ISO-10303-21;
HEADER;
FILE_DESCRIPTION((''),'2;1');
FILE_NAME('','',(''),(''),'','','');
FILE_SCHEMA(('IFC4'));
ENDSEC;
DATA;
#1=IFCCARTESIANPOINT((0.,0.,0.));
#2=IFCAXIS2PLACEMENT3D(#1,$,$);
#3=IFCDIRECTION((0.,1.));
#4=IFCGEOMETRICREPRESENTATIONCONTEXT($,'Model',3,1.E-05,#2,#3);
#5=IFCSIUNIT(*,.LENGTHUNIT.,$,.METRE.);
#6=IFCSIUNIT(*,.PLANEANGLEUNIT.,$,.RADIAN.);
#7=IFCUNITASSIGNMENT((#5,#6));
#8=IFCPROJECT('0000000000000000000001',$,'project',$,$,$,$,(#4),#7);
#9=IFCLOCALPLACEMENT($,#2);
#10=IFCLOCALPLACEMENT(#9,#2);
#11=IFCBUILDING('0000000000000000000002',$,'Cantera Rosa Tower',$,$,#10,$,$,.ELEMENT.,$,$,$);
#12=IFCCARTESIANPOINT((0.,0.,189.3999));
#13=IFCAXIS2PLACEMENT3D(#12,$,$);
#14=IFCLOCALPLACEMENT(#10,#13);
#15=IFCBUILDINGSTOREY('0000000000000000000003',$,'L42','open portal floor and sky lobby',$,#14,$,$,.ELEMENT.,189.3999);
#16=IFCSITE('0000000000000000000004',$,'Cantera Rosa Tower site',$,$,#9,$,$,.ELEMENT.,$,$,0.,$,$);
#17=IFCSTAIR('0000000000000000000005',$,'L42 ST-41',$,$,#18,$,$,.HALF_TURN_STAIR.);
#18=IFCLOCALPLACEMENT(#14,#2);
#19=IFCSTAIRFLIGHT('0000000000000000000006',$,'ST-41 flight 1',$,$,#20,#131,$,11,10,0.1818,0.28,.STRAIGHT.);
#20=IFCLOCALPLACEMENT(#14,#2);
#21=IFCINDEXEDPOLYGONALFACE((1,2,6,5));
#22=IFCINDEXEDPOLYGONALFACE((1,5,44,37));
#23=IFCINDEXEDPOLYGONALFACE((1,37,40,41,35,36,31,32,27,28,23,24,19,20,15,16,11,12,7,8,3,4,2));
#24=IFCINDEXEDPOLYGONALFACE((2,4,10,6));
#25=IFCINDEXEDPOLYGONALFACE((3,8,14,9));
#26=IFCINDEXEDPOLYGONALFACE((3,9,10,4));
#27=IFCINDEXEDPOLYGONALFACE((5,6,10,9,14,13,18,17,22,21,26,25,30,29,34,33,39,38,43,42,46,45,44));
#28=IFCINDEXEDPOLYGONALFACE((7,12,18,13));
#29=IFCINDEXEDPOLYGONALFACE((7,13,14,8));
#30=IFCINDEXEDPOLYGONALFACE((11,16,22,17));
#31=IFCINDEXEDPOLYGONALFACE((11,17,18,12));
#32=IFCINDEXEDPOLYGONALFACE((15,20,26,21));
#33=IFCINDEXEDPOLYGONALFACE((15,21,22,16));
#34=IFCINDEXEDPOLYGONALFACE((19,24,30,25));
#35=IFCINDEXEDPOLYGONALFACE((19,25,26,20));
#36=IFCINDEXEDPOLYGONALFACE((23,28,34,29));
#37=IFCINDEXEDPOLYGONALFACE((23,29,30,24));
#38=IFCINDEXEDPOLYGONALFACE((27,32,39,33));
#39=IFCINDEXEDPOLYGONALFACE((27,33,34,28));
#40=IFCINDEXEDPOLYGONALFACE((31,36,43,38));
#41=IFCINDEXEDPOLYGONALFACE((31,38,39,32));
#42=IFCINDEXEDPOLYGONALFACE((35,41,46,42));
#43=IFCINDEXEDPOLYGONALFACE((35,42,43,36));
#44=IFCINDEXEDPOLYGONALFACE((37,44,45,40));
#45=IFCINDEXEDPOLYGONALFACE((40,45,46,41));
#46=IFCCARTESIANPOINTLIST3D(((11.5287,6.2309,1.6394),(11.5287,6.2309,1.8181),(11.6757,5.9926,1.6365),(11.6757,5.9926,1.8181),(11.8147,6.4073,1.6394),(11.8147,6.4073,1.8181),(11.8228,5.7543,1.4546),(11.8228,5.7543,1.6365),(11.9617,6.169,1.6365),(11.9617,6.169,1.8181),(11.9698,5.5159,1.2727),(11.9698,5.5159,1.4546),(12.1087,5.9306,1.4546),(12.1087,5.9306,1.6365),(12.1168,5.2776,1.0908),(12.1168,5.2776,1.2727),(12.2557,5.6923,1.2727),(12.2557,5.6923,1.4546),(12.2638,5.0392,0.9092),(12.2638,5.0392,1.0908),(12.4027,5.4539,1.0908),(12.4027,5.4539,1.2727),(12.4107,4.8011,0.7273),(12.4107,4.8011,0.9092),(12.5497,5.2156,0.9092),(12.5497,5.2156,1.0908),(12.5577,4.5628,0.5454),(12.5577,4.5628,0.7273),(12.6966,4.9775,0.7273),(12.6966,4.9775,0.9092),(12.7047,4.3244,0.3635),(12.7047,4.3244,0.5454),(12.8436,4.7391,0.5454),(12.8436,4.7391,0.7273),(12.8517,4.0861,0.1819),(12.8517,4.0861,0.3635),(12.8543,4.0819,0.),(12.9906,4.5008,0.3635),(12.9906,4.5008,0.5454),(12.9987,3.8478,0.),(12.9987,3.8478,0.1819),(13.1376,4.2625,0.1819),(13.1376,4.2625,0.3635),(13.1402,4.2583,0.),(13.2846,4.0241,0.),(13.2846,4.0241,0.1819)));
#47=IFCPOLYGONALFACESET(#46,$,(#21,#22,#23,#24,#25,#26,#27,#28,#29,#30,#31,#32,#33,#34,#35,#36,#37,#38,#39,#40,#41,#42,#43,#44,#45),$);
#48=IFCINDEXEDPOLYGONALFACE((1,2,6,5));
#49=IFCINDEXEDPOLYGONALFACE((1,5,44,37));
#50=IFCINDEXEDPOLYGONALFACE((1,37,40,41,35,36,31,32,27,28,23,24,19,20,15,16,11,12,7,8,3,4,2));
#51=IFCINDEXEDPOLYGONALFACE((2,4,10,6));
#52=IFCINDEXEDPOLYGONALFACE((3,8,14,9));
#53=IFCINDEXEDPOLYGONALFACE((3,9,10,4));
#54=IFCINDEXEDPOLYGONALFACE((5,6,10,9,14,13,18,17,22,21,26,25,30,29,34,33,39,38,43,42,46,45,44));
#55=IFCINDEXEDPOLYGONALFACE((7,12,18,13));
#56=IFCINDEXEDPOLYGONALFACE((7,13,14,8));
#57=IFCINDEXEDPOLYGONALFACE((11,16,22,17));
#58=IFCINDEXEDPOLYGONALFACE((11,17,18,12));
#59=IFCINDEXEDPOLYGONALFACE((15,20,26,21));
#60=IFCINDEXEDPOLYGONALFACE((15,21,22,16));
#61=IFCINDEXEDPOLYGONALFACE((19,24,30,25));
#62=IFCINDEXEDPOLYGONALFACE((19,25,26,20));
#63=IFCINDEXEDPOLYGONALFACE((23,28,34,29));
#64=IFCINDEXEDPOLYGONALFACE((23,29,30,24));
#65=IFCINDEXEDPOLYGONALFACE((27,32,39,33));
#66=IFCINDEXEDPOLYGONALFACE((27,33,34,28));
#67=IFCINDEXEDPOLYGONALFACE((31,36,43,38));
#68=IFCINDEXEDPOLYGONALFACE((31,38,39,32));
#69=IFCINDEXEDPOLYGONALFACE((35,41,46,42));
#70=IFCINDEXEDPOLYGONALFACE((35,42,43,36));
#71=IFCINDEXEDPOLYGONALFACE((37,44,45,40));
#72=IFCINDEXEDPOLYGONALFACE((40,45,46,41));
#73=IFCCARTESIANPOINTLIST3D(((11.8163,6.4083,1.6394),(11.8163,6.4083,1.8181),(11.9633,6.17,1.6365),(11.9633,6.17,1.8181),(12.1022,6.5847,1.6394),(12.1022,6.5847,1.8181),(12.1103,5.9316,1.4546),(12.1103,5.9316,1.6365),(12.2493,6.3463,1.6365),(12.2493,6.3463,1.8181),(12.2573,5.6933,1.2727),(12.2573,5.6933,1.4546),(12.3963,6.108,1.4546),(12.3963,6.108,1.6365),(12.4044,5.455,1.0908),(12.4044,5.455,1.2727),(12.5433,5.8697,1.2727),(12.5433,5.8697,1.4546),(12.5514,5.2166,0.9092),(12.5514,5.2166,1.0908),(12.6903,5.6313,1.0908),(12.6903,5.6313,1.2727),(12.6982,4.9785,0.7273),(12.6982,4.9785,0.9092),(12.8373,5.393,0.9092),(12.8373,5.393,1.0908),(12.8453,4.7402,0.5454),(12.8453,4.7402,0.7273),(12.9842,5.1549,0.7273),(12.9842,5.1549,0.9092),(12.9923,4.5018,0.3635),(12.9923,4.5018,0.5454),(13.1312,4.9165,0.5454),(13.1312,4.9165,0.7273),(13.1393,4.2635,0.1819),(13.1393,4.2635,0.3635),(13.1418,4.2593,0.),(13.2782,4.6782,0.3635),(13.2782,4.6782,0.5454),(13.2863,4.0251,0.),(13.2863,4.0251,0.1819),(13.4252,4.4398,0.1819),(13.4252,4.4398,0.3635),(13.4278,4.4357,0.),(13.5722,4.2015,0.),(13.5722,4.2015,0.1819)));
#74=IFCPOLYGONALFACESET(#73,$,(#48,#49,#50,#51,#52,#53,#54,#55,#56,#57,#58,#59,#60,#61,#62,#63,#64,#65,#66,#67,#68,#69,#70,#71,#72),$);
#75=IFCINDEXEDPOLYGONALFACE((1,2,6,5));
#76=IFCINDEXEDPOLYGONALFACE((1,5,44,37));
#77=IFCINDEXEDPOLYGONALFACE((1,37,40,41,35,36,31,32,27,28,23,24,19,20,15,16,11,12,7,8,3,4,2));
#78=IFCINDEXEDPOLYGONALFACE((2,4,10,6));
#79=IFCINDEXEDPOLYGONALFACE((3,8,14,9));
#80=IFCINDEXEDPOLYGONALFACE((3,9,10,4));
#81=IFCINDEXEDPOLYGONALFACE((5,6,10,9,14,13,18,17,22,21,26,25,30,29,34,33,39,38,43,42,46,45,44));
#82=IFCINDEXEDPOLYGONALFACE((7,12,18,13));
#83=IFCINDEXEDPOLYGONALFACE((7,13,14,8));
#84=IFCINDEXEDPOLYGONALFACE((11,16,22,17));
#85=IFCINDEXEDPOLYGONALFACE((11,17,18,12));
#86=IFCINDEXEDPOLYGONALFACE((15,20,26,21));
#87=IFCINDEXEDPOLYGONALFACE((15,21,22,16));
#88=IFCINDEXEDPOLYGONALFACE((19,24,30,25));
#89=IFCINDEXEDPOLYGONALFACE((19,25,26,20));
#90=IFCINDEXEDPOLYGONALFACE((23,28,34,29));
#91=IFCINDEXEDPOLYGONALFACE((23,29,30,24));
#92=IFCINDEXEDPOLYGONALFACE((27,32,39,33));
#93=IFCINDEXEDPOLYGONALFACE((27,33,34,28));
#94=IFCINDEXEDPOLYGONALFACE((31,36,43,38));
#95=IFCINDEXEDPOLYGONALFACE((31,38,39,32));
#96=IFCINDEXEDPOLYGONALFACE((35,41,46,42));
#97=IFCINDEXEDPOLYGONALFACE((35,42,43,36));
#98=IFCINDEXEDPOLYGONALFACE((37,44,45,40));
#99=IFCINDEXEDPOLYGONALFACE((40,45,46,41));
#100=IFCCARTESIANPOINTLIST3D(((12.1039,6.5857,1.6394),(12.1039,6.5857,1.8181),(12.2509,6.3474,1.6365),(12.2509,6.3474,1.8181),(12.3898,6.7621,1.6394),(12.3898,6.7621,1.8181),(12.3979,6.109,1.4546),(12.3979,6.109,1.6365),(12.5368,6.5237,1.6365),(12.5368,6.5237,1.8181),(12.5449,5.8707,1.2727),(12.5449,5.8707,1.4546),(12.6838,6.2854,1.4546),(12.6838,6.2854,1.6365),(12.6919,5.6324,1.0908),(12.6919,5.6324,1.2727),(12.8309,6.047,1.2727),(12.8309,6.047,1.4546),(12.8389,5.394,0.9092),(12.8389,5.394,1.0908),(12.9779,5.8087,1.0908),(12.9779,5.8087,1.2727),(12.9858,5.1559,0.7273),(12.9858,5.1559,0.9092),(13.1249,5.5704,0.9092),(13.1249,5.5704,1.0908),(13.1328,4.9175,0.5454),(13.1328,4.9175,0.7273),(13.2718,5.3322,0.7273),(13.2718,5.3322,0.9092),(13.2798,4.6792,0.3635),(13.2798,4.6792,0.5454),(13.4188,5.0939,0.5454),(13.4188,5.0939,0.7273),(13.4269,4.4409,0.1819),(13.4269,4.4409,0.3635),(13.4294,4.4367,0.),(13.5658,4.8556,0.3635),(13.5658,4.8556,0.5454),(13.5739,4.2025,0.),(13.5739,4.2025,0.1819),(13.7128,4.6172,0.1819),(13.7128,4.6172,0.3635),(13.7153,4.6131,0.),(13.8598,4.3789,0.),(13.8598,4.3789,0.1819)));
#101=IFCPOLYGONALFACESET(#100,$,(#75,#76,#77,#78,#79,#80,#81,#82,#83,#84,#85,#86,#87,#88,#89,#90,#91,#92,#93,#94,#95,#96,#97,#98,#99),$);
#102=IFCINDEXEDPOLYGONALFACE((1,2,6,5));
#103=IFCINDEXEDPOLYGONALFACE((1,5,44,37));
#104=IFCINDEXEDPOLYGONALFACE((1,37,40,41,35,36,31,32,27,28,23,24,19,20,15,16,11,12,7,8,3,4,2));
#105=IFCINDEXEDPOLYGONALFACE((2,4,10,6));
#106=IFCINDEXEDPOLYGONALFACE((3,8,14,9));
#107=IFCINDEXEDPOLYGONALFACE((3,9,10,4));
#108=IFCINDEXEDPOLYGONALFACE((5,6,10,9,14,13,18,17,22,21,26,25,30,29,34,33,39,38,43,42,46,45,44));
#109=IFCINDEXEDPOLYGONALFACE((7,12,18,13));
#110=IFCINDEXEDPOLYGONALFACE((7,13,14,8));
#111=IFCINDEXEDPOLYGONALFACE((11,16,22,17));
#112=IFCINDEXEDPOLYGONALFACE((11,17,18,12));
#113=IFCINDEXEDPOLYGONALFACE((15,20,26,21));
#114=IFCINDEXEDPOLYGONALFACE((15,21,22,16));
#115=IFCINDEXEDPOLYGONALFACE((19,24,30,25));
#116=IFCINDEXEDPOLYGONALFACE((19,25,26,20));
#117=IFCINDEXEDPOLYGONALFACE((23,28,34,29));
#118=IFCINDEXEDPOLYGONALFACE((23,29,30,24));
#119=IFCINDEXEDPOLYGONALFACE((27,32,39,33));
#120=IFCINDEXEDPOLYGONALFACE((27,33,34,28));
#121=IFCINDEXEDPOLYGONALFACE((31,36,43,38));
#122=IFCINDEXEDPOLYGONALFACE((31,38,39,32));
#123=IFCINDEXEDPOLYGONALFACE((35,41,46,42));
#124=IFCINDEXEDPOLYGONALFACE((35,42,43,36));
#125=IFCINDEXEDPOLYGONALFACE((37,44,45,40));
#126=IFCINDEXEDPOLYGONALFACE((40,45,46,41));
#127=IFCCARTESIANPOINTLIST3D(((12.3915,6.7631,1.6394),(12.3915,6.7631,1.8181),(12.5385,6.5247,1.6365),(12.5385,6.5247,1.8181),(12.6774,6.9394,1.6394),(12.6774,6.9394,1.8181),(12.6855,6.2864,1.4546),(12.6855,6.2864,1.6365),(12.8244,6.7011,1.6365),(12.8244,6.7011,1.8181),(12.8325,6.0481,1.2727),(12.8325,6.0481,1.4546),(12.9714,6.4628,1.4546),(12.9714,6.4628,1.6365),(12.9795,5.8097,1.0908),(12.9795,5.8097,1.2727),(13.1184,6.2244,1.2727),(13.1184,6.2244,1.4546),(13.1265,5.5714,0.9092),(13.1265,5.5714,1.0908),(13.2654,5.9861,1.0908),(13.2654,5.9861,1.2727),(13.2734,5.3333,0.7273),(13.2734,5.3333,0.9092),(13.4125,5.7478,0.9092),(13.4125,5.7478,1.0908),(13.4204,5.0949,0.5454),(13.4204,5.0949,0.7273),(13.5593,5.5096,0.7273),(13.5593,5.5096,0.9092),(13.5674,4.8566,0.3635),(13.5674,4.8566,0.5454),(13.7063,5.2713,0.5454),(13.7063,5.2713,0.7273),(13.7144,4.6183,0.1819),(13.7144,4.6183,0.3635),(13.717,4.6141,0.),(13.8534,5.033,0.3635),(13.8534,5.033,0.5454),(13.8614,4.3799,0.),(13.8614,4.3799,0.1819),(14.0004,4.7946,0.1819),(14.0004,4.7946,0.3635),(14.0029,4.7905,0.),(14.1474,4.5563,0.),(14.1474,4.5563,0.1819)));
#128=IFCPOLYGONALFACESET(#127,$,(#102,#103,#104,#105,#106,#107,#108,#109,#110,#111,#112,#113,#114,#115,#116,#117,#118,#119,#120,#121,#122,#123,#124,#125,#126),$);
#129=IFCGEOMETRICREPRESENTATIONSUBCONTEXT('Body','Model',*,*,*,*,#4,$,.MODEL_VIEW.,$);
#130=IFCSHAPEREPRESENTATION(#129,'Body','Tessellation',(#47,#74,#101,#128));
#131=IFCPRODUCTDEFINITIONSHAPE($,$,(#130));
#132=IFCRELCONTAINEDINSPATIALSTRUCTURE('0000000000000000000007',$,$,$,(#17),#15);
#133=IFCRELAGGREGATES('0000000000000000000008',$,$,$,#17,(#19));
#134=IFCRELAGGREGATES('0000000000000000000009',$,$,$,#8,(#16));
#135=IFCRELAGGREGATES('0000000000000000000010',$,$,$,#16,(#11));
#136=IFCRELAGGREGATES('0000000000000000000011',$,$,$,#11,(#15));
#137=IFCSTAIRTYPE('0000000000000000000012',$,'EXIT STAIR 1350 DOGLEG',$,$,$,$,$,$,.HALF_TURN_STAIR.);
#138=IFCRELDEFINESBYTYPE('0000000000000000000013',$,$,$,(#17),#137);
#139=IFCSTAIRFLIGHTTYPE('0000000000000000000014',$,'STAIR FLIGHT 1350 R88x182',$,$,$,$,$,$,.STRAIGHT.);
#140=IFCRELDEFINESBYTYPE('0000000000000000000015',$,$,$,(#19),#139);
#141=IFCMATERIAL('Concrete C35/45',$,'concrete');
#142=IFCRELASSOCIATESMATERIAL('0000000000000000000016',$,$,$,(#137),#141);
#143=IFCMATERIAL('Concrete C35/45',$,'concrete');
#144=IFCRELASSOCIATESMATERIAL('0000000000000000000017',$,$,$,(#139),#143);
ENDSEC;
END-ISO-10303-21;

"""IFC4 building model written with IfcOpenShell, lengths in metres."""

from ifc_helpers import new_model, si_unit, direction, frame, origin, place, context, subcontext, project, spatial, polyline, outline, extrude, material, type_object, element, aggregate, save


model = new_model("IFC4")

# Units and contexts
model_context = context("Model", 3, precision=1e-05, world=origin(), true_north=direction((0.0, 1.0)))
body_context = subcontext(model_context, "Body", "Model", "MODEL_VIEW")
ifc_project = project(units=[si_unit("LENGTHUNIT", "METRE"), si_unit("PLANEANGLEUNIT", "RADIAN")], contexts=[model_context])

# Site, building, storey
site_placement = place(None, origin())
site = spatial("IfcSite", under=ifc_project, at=site_placement, Name="Cantera Rosa Tower site", CompositionType="ELEMENT", RefElevation=0.0)
building_placement = place(site_placement, origin())
building = spatial("IfcBuilding", under=site, at=building_placement, Name="Cantera Rosa Tower", CompositionType="ELEMENT")
storey_placement = place(building_placement, frame((0.0, 0.0, 189.3999)))
storey = spatial("IfcBuildingStorey", under=building, at=storey_placement, Name="L42", Description="open portal floor and sky lobby", CompositionType="ELEMENT", Elevation=189.3999)

# Stair, stair flight
ifc_material_1 = material(Name="Concrete C35/45", Category="concrete")
stair_type = type_object("IfcStairType", Name="EXIT STAIR 1350 DOGLEG", PredefinedType="HALF_TURN_STAIR", material=ifc_material_1)
stair_placement = place(storey_placement, origin())
stair = element("IfcStair", 1, at=stair_placement, inside=storey, type_object=stair_type, Name="L42 ST-41", PredefinedType="HALF_TURN_STAIR")
ifc_material_2 = material(Name="Concrete C35/45", Category="concrete")
stair_flight_type = type_object("IfcStairFlightType", Name="STAIR FLIGHT 1350 R88x182", PredefinedType="STRAIGHT", material=ifc_material_2)
stair_flight_1_placement = place(storey_placement, frame((13.5732, 4.2021, 0.0), z_axis=(0.0, 0.0, 1.0), x_axis=(-0.524977, 0.851117, 0.0)))
stair_flight_1 = element("IfcStairFlight", 2, at=stair_flight_1_placement, type_object=stair_flight_type, Name="ST-41 flight 1", NumberOfRisers=11, NumberOfTreads=10, PredefinedType="STRAIGHT", RiserHeight=0.1818, TreadLength=0.28, context=body_context, shape_type="SweptSolid", body=[
    extrude(outline(polyline([(0.0, 0.0), (0.0, 0.1819), (0.28, 0.1819), (0.28, 0.3635), (0.5601, 0.3635), (0.5601, 0.5454), (0.8401, 0.5454), (0.8401, 0.7273), (1.1201, 0.7273), (1.1201, 0.9092), (1.3999, 0.9092), (1.3999, 1.0908), (1.6799, 1.0908), (1.6799, 1.2727), (1.96, 1.2727), (1.96, 1.4546), (2.24, 1.4546), (2.24, 1.6365), (2.52, 1.6365), (2.52, 1.8181), (2.8, 1.8181), (2.8, 2.0), (2.8, 1.6394), (0.2751, 0.0), (0.0, 0.0)])), frame((0.0, 0.675, 0.0), z_axis=(0.0, -1.0, 0.0), x_axis=(1.0, 0.0, 0.0)), (0.0, 0.0, 1.0), 0.3359),
    extrude(outline(polyline([(0.0, 0.0), (0.0, 0.1819), (0.28, 0.1819), (0.28, 0.3635), (0.5601, 0.3635), (0.5601, 0.5454), (0.8401, 0.5454), (0.8401, 0.7273), (1.1201, 0.7273), (1.1201, 0.9092), (1.3999, 0.9092), (1.3999, 1.0908), (1.6799, 1.0908), (1.6799, 1.2727), (1.96, 1.2727), (1.96, 1.4546), (2.24, 1.4546), (2.24, 1.6365), (2.52, 1.6365), (2.52, 1.8181), (2.8, 1.8181), (2.8, 2.0), (2.8, 1.6394), (0.2751, 0.0), (0.0, 0.0)])), frame((0.0, 0.3372, 0.0), z_axis=(0.0, -1.0, 0.0), x_axis=(1.0, 0.0, 0.0)), (0.0, 0.0, 1.0), 0.3359),
    extrude(outline(polyline([(0.0, 0.0), (0.0, 0.1819), (0.28, 0.1819), (0.28, 0.3635), (0.5601, 0.3635), (0.5601, 0.5454), (0.8401, 0.5454), (0.8401, 0.7273), (1.1201, 0.7273), (1.1201, 0.9092), (1.3999, 0.9092), (1.3999, 1.0908), (1.6799, 1.0908), (1.6799, 1.2727), (1.96, 1.2727), (1.96, 1.4546), (2.24, 1.4546), (2.24, 1.6365), (2.52, 1.6365), (2.52, 1.8181), (2.8, 1.8181), (2.8, 2.0), (2.8, 1.6394), (0.2751, 0.0), (0.0, 0.0)])), frame((0.0, -0.0007, 0.0), z_axis=(0.0, -1.0, 0.0), x_axis=(1.0, 0.0, 0.0)), (0.0, 0.0, 1.0), 0.3359),
    extrude(outline(polyline([(0.0, 0.0), (0.0, 0.1819), (0.28, 0.1819), (0.28, 0.3635), (0.5601, 0.3635), (0.5601, 0.5454), (0.8401, 0.5454), (0.8401, 0.7273), (1.1201, 0.7273), (1.1201, 0.9092), (1.3999, 0.9092), (1.3999, 1.0908), (1.6799, 1.0908), (1.6799, 1.2727), (1.96, 1.2727), (1.96, 1.4546), (2.24, 1.4546), (2.24, 1.6365), (2.52, 1.6365), (2.52, 1.8181), (2.8, 1.8181), (2.8, 2.0), (2.8, 1.6394), (0.2751, 0.0), (0.0, 0.0)])), frame((0.0, -0.3386, 0.0), z_axis=(0.0, -1.0, 0.0), x_axis=(1.0, 0.0, 0.0)), (0.0, 0.0, 1.0), 0.3359),
])
aggregate(stair, [stair_flight_1])

save(model, "model.ifc")
